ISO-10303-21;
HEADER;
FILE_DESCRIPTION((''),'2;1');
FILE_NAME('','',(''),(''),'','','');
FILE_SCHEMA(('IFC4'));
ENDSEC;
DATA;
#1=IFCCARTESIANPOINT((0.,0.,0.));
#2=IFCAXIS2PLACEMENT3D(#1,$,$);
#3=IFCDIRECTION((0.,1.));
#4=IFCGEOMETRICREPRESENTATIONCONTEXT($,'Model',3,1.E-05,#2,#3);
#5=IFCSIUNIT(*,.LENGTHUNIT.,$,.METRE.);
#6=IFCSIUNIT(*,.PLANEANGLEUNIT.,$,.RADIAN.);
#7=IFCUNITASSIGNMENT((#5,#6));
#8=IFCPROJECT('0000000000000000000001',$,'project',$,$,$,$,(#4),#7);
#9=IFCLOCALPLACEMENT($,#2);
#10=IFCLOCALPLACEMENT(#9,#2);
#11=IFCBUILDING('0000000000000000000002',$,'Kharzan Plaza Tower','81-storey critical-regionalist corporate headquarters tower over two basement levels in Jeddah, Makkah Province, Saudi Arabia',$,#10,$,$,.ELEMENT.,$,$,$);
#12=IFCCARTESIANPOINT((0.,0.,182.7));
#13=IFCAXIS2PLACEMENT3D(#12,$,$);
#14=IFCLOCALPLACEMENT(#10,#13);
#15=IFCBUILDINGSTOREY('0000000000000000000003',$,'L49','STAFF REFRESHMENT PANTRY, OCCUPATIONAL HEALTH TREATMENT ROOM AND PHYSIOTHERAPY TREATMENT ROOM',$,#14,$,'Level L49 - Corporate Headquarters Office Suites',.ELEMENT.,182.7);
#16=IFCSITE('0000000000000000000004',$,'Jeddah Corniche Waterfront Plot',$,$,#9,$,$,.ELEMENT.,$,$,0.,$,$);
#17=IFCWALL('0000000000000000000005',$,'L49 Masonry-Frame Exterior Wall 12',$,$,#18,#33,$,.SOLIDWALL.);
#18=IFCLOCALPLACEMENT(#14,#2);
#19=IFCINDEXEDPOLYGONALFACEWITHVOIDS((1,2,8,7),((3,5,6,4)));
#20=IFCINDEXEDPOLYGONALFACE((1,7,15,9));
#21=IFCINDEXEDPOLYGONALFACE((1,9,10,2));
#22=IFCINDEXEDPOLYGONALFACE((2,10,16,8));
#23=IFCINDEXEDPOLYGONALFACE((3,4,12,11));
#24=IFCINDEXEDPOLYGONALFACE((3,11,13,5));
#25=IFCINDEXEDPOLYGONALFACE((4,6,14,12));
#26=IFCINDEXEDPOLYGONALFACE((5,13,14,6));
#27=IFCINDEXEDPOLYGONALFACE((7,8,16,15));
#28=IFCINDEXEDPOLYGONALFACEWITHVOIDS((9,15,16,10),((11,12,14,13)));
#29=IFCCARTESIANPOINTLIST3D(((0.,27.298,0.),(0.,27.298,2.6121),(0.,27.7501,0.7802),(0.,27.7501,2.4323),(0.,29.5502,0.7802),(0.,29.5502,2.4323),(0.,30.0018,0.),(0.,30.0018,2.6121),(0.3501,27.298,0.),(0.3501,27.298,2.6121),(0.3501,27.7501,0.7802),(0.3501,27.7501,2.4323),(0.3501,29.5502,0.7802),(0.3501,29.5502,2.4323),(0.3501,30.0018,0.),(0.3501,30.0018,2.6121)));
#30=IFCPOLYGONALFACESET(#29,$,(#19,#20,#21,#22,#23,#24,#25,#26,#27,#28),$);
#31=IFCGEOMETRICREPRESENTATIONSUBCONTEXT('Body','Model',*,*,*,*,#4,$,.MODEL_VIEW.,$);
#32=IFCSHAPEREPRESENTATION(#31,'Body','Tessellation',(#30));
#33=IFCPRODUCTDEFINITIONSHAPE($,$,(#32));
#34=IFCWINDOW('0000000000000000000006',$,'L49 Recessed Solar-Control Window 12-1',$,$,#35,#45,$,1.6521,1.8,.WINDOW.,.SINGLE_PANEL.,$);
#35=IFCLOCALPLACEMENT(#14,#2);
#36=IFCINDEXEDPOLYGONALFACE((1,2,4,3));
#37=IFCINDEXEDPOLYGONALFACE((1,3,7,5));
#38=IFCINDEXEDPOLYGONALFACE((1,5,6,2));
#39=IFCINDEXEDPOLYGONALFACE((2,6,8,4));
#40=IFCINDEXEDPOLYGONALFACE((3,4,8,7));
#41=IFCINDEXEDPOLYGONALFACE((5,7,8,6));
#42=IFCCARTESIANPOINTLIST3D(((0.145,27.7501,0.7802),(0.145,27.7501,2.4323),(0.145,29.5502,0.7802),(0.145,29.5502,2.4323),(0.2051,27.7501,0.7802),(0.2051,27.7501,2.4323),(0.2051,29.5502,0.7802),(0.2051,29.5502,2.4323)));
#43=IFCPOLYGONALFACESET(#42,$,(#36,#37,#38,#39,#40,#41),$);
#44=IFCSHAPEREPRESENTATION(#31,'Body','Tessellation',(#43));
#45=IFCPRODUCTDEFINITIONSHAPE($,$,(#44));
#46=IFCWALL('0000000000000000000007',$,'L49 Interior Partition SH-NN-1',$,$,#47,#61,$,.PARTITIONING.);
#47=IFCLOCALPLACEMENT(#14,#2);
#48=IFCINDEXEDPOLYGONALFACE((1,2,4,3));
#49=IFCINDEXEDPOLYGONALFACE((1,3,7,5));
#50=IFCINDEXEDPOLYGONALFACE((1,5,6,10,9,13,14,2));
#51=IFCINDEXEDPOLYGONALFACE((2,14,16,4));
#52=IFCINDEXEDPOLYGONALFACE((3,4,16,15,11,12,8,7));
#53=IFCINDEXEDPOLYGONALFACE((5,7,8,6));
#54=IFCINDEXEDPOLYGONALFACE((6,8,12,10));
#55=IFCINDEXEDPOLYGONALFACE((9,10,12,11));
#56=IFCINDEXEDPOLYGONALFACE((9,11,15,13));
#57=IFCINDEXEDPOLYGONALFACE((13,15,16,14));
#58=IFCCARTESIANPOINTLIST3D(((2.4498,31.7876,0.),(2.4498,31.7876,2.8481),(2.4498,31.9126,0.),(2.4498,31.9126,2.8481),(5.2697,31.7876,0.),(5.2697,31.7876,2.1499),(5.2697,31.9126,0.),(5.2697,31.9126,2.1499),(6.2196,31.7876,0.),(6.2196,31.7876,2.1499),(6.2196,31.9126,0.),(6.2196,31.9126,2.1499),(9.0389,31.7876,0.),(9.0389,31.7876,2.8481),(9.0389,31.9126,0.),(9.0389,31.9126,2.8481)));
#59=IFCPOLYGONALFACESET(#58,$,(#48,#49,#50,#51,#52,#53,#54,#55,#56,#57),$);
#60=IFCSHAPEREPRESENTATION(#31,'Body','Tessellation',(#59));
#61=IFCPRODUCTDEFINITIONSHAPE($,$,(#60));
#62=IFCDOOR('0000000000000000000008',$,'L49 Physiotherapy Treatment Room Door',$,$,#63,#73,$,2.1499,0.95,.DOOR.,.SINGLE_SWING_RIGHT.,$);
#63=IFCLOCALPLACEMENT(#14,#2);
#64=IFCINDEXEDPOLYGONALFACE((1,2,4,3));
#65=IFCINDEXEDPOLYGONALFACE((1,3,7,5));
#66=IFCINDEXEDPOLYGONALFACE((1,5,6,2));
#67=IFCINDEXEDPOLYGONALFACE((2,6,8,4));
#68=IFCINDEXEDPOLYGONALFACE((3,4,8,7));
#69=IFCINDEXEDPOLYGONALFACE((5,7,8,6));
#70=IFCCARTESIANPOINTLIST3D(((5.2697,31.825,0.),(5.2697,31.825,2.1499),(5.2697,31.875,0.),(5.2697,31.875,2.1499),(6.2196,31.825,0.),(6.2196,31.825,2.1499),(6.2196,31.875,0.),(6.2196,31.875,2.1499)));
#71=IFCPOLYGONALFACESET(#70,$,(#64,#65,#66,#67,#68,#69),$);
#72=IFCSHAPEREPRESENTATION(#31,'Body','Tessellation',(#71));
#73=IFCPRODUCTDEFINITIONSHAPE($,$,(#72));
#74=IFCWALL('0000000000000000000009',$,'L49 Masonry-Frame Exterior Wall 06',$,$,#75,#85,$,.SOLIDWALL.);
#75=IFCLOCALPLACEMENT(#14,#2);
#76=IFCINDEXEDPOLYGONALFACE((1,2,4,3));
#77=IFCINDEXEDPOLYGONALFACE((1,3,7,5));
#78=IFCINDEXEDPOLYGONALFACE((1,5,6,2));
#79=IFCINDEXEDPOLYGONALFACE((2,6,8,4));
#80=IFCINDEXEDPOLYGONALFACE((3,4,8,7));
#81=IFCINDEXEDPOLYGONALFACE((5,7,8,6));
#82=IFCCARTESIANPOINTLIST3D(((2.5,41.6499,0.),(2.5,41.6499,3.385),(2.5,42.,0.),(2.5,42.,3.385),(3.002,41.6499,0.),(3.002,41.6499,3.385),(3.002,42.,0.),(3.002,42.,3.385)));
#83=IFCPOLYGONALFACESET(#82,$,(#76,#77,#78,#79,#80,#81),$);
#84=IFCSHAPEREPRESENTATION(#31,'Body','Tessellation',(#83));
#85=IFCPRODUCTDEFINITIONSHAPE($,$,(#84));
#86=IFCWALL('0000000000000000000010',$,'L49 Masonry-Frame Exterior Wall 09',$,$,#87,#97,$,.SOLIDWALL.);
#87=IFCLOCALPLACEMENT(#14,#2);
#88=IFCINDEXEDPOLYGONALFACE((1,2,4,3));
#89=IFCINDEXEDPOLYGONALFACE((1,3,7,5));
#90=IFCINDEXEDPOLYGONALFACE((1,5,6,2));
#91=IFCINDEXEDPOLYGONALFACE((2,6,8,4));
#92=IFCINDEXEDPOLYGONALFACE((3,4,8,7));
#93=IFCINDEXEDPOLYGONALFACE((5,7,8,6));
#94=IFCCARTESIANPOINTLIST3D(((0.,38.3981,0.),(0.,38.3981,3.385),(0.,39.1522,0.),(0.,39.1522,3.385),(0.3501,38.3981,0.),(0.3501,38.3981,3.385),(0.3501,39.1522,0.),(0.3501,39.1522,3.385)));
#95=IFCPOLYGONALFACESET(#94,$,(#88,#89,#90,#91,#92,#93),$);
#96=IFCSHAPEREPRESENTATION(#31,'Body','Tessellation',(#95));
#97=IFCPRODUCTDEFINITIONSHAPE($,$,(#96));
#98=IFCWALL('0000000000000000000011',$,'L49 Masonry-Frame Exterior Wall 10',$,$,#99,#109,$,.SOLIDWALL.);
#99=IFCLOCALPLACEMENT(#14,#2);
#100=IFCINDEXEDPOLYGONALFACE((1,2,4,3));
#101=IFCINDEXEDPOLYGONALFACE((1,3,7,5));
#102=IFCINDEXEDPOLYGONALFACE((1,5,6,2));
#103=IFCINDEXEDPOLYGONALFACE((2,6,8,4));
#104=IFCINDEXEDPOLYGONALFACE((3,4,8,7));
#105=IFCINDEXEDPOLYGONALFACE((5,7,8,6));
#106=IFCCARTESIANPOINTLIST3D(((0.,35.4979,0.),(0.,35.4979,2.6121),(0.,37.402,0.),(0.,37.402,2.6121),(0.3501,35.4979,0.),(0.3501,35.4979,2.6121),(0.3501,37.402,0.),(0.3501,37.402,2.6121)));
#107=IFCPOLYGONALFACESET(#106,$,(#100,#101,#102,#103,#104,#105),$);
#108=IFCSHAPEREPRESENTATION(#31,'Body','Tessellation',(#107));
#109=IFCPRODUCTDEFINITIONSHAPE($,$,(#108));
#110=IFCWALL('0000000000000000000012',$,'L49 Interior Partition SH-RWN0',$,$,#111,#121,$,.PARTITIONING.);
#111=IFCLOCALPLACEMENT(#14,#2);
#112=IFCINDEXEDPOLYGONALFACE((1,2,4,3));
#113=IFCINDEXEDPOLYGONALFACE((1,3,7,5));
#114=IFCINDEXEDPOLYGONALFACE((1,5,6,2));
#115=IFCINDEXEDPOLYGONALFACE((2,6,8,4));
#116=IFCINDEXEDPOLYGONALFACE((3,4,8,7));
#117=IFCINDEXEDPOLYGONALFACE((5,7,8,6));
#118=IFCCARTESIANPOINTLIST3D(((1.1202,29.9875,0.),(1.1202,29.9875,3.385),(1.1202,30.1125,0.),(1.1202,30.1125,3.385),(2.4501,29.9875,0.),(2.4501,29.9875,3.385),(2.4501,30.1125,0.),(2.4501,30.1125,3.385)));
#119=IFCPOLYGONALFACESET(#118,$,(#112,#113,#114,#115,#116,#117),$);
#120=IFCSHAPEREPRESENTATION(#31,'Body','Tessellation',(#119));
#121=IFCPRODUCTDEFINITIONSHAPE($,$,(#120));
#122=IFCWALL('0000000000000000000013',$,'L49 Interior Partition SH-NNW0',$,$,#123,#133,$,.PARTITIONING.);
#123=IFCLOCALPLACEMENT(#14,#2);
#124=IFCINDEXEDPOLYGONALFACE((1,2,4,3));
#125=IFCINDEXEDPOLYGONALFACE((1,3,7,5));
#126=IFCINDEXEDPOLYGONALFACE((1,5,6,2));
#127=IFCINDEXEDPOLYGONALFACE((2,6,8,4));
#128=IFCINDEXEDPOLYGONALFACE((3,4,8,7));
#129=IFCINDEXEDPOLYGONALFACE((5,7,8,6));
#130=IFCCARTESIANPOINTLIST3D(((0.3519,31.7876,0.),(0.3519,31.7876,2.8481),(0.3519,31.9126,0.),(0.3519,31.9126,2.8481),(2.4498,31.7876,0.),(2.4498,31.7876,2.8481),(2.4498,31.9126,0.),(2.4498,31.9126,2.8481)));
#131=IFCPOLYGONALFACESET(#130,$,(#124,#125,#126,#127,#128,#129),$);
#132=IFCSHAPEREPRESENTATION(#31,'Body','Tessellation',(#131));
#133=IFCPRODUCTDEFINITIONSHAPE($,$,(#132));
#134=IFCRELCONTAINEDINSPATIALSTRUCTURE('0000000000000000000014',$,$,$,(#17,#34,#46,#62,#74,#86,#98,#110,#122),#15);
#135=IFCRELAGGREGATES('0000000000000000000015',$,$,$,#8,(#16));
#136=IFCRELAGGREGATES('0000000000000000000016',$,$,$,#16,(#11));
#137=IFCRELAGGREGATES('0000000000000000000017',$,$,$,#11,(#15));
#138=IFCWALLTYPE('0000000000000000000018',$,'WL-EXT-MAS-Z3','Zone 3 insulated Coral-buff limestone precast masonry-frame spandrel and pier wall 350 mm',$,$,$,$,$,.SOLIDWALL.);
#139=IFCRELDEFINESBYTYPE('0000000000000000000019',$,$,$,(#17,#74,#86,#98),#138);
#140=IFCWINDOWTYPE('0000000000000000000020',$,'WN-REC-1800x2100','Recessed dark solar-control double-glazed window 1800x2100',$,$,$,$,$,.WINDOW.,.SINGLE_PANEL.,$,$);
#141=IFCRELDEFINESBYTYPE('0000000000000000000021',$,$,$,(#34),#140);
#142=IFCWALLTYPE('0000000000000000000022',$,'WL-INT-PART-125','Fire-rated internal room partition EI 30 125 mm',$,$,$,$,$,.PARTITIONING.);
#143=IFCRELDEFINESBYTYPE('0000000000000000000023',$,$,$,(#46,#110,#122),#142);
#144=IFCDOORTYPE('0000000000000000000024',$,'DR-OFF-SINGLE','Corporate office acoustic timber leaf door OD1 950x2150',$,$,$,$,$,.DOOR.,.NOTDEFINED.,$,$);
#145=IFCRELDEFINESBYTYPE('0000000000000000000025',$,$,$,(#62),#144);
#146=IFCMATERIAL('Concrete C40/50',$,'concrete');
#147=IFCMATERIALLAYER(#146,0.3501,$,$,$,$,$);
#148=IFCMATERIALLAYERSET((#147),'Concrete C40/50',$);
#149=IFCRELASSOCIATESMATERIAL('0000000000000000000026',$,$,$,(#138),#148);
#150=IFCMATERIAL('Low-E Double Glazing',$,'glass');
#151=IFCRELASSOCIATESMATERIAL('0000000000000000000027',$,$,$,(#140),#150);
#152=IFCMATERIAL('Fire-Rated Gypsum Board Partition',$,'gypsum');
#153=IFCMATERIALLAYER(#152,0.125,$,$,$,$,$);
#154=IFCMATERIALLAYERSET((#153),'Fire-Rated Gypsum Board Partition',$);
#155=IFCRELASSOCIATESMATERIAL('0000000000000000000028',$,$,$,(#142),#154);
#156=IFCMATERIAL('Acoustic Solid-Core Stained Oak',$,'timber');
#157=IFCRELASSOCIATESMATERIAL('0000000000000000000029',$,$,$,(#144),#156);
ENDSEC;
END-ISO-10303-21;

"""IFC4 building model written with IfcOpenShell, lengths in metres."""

from ifc_helpers import new_model, si_unit, direction, frame, frame_2d, origin, place, context, subcontext, project, spatial, rectangle, extrude, source, transform, mapped, material, layer, layer_set, type_object, element, fill, save


model = new_model("IFC4")

# Units and contexts
model_context = context("Model", 3, precision=1e-05, world=origin(), true_north=direction((0.0, 1.0)))
body_context = subcontext(model_context, "Body", "Model", "MODEL_VIEW")
ifc_project = project(units=[si_unit("LENGTHUNIT", "METRE"), si_unit("PLANEANGLEUNIT", "RADIAN")], contexts=[model_context])

# Site, building, storey
site_placement = place(None, origin())
site = spatial("IfcSite", under=ifc_project, at=site_placement, Name="Jeddah Corniche Waterfront Plot", CompositionType="ELEMENT", RefElevation=0.0)
building_placement = place(site_placement, origin())
building = spatial("IfcBuilding", under=site, at=building_placement, Name="Kharzan Plaza Tower", Description="81-storey critical-regionalist corporate headquarters tower over two basement levels in Jeddah, Makkah Province, Saudi Arabia", CompositionType="ELEMENT")
storey_placement = place(building_placement, frame((0.0, 0.0, 182.7)))
storey = spatial("IfcBuildingStorey", under=building, at=storey_placement, Name="L49", Description="STAFF REFRESHMENT PANTRY, OCCUPATIONAL HEALTH TREATMENT ROOM AND PHYSIOTHERAPY TREATMENT ROOM", LongName="Level L49 - Corporate Headquarters Office Suites", CompositionType="ELEMENT", Elevation=182.7)

# Wall, opening, window
ifc_material_1 = material(Name="Concrete C40/50", Category="concrete")
ifc_layer_1 = layer(ifc_material_1, 0.3501)
ifc_layer_set_1 = layer_set([ifc_layer_1], Name="Concrete C40/50")
wall_type_1 = type_object("IfcWallType", Name="WL-EXT-MAS-Z3", Description="Zone 3 insulated Coral-buff limestone precast masonry-frame spandrel and pier wall 350 mm", PredefinedType="SOLIDWALL", material=ifc_layer_set_1)
ifc_material_2 = material(Name="Low-E Double Glazing", Category="glass")
window_type_1 = type_object("IfcWindowType", Name="WN-REC-1800x2100", Description="Recessed dark solar-control double-glazed window 1800x2100", PartitioningType="SINGLE_PANEL", PredefinedType="WINDOW", material=ifc_material_2)
shared_shape_1 = source(origin(), body_context, "Body", "SweptSolid", [
    extrude(rectangle(XDim=1.8, YDim=1.6521, at=frame_2d((0.8999, 0.8262))), frame((0.0, 0.03, 0.0), z_axis=(0.0, -1.0, 0.0), x_axis=(1.0, 0.0, 0.0)), (0.0, 0.0, 1.0), 0.0601),
])
wall_1_placement = place(storey_placement, frame((0.175, 30.002, 0.0), z_axis=(0.0, 0.0, 1.0), x_axis=(0.0, -1.0, 0.0)))
wall_1 = element("IfcWall", 1, at=wall_1_placement, inside=storey, type_object=wall_type_1, Name="L49 Masonry-Frame Exterior Wall 12", PredefinedType="SOLIDWALL", context=body_context, shape_type="SweptSolid", body=[
    extrude(rectangle(XDim=2.7039, YDim=0.3501, at=frame_2d((1.3521, 0.0))), origin(), (0.0, 0.0, 1.0), 2.6121),
])
opening_1_placement = place(wall_1_placement, frame((0.4519, 0.0, 0.78)))
opening_1 = element("IfcOpeningElement", 2, at=opening_1_placement, cuts=wall_1, PredefinedType="OPENING", context=body_context, shape_type="SweptSolid", body=[
    extrude(rectangle(XDim=1.8, YDim=1.6521, at=frame_2d((0.8999, 0.8262))), frame((0.0, 0.1851, 0.0), z_axis=(0.0, -1.0, 0.0), x_axis=(1.0, 0.0, 0.0)), (0.0, 0.0, 1.0), 0.3701),
])
window_1_placement = place(opening_1_placement, origin())
window_1 = element("IfcWindow", 3, at=window_1_placement, inside=storey, type_object=window_type_1, Name="L49 Recessed Solar-Control Window 12-1", OverallHeight=1.6521, OverallWidth=1.8, PartitioningType="SINGLE_PANEL", PredefinedType="WINDOW", context=body_context, shape_type="MappedRepresentation", body=[
    mapped(shared_shape_1, transform((0.0, 0.0, 0.0), x_axis=(1.0, 0.0, 0.0), y_axis=(0.0, 1.0, 0.0), z_axis=(0.0, 0.0, 1.0))),
])
fill(opening_1, window_1)

# Wall, opening, door
ifc_material_3 = material(Name="Fire-Rated Gypsum Board Partition", Category="gypsum")
ifc_layer_2 = layer(ifc_material_3, 0.125)
ifc_layer_set_2 = layer_set([ifc_layer_2], Name="Fire-Rated Gypsum Board Partition")
wall_type_2 = type_object("IfcWallType", Name="WL-INT-PART-125", Description="Fire-rated internal room partition EI 30 125 mm", PredefinedType="PARTITIONING", material=ifc_layer_set_2)
wall_2_placement = place(storey_placement, frame((2.45, 31.8501, 0.0), z_axis=(0.0, 0.0, 1.0), x_axis=(1.0, 0.0, 0.0)))
wall_2 = element("IfcWall", 4, at=wall_2_placement, inside=storey, type_object=wall_type_2, Name="L49 Interior Partition SH-NN-1", PredefinedType="PARTITIONING", context=body_context, shape_type="SweptSolid", body=[
    extrude(rectangle(XDim=6.5891, YDim=0.125, at=frame_2d((3.2944, 0.0))), origin(), (0.0, 0.0, 1.0), 2.8481),
])
opening_2_placement = place(wall_2_placement, frame((2.8196, 0.0, 0.0)))
opening_2 = element("IfcOpeningElement", 5, at=opening_2_placement, cuts=wall_2, PredefinedType="OPENING", context=body_context, shape_type="SweptSolid", body=[
    extrude(rectangle(XDim=0.95, YDim=2.1499, at=frame_2d((0.4751, 1.075))), frame((0.0, 0.0725, 0.0), z_axis=(0.0, -1.0, 0.0), x_axis=(1.0, 0.0, 0.0)), (0.0, 0.0, 1.0), 0.145),
])
ifc_material_4 = material(Name="Acoustic Solid-Core Stained Oak", Category="timber")
door_type = type_object("IfcDoorType", Name="DR-OFF-SINGLE", Description="Corporate office acoustic timber leaf door OD1 950x2150", OperationType="NOTDEFINED", PredefinedType="DOOR", material=ifc_material_4)
shared_shape_2 = source(origin(), body_context, "Body", "SweptSolid", [
    extrude(rectangle(XDim=0.95, YDim=2.1499, at=frame_2d((0.4751, 1.075))), frame((0.0, 0.0249, 0.0), z_axis=(0.0, -1.0, 0.0), x_axis=(1.0, 0.0, 0.0)), (0.0, 0.0, 1.0), 0.05),
])
door_placement = place(opening_2_placement, origin())
door = element("IfcDoor", 6, at=door_placement, inside=storey, type_object=door_type, Name="L49 Physiotherapy Treatment Room Door", OperationType="SINGLE_SWING_RIGHT", OverallHeight=2.1499, OverallWidth=0.95, PredefinedType="DOOR", context=body_context, shape_type="MappedRepresentation", body=[
    mapped(shared_shape_2, transform((0.0, 0.0, 0.0), x_axis=(1.0, 0.0, 0.0), y_axis=(0.0, 1.0, 0.0), z_axis=(0.0, 0.0, 1.0))),
])
fill(opening_2, door)

# Walls
shared_shape_3 = source(origin(), body_context, "Body", "SweptSolid", [
    extrude(rectangle(XDim=0.502, YDim=0.3501, at=frame_2d((0.251, 0.0))), origin(), (0.0, 0.0, 1.0), 3.385),
])
wall_3_placement = place(storey_placement, frame((3.002, 41.825, 0.0), z_axis=(0.0, 0.0, 1.0), x_axis=(-1.0, 0.0, 0.0)))
element("IfcWall", 7, at=wall_3_placement, inside=storey, type_object=wall_type_1, Name="L49 Masonry-Frame Exterior Wall 06", PredefinedType="SOLIDWALL", context=body_context, shape_type="MappedRepresentation", body=[
    mapped(shared_shape_3, transform((0.0, 0.0, 0.0), x_axis=(1.0, 0.0, 0.0), y_axis=(0.0, 1.0, 0.0), z_axis=(0.0, 0.0, 1.0))),
])
shared_shape_4 = source(origin(), body_context, "Body", "SweptSolid", [
    extrude(rectangle(XDim=0.7542, YDim=0.3501, at=frame_2d((0.377, 0.0))), origin(), (0.0, 0.0, 1.0), 3.385),
])
wall_4_placement = place(storey_placement, frame((0.175, 39.1521, 0.0), z_axis=(0.0, 0.0, 1.0), x_axis=(0.0, -1.0, 0.0)))
element("IfcWall", 8, at=wall_4_placement, inside=storey, type_object=wall_type_1, Name="L49 Masonry-Frame Exterior Wall 09", PredefinedType="SOLIDWALL", context=body_context, shape_type="MappedRepresentation", body=[
    mapped(shared_shape_4, transform((0.0, 0.0, 0.0), x_axis=(1.0, 0.0, 0.0), y_axis=(0.0, 1.0, 0.0), z_axis=(0.0, 0.0, 1.0))),
])
shared_shape_5 = source(origin(), body_context, "Body", "SweptSolid", [
    extrude(rectangle(XDim=1.9041, YDim=0.3501, at=frame_2d((0.9521, 0.0))), origin(), (0.0, 0.0, 1.0), 2.6121),
])
wall_5_placement = place(storey_placement, frame((0.175, 37.4021, 0.0), z_axis=(0.0, 0.0, 1.0), x_axis=(0.0, -1.0, 0.0)))
element("IfcWall", 9, at=wall_5_placement, inside=storey, type_object=wall_type_1, Name="L49 Masonry-Frame Exterior Wall 10", PredefinedType="SOLIDWALL", context=body_context, shape_type="MappedRepresentation", body=[
    mapped(shared_shape_5, transform((0.0, 0.0, 0.0), x_axis=(1.0, 0.0, 0.0), y_axis=(0.0, 1.0, 0.0), z_axis=(0.0, 0.0, 1.0))),
])
shared_shape_6 = source(origin(), body_context, "Body", "SweptSolid", [
    extrude(rectangle(XDim=1.3298, YDim=0.125, at=frame_2d((0.665, 0.0))), origin(), (0.0, 0.0, 1.0), 3.385),
])
wall_6_placement = place(storey_placement, frame((1.1201, 30.05, 0.0), z_axis=(0.0, 0.0, 1.0), x_axis=(1.0, 0.0, 0.0)))
element("IfcWall", 10, at=wall_6_placement, inside=storey, type_object=wall_type_2, Name="L49 Interior Partition SH-RWN0", PredefinedType="PARTITIONING", context=body_context, shape_type="MappedRepresentation", body=[
    mapped(shared_shape_6, transform((0.0, 0.0, 0.0), x_axis=(1.0, 0.0, 0.0), y_axis=(0.0, 1.0, 0.0), z_axis=(0.0, 0.0, 1.0))),
])
shared_shape_7 = source(origin(), body_context, "Body", "SweptSolid", [
    extrude(rectangle(XDim=2.0979, YDim=0.125, at=frame_2d((1.0488, 0.0))), origin(), (0.0, 0.0, 1.0), 2.8481),
])
wall_7_placement = place(storey_placement, frame((0.3521, 31.8501, 0.0), z_axis=(0.0, 0.0, 1.0), x_axis=(1.0, 0.0, 0.0)))
element("IfcWall", 11, at=wall_7_placement, inside=storey, type_object=wall_type_2, Name="L49 Interior Partition SH-NNW0", PredefinedType="PARTITIONING", context=body_context, shape_type="MappedRepresentation", body=[
    mapped(shared_shape_7, transform((0.0, 0.0, 0.0), x_axis=(1.0, 0.0, 0.0), y_axis=(0.0, 1.0, 0.0), z_axis=(0.0, 0.0, 1.0))),
])

save(model, "model.ifc")
